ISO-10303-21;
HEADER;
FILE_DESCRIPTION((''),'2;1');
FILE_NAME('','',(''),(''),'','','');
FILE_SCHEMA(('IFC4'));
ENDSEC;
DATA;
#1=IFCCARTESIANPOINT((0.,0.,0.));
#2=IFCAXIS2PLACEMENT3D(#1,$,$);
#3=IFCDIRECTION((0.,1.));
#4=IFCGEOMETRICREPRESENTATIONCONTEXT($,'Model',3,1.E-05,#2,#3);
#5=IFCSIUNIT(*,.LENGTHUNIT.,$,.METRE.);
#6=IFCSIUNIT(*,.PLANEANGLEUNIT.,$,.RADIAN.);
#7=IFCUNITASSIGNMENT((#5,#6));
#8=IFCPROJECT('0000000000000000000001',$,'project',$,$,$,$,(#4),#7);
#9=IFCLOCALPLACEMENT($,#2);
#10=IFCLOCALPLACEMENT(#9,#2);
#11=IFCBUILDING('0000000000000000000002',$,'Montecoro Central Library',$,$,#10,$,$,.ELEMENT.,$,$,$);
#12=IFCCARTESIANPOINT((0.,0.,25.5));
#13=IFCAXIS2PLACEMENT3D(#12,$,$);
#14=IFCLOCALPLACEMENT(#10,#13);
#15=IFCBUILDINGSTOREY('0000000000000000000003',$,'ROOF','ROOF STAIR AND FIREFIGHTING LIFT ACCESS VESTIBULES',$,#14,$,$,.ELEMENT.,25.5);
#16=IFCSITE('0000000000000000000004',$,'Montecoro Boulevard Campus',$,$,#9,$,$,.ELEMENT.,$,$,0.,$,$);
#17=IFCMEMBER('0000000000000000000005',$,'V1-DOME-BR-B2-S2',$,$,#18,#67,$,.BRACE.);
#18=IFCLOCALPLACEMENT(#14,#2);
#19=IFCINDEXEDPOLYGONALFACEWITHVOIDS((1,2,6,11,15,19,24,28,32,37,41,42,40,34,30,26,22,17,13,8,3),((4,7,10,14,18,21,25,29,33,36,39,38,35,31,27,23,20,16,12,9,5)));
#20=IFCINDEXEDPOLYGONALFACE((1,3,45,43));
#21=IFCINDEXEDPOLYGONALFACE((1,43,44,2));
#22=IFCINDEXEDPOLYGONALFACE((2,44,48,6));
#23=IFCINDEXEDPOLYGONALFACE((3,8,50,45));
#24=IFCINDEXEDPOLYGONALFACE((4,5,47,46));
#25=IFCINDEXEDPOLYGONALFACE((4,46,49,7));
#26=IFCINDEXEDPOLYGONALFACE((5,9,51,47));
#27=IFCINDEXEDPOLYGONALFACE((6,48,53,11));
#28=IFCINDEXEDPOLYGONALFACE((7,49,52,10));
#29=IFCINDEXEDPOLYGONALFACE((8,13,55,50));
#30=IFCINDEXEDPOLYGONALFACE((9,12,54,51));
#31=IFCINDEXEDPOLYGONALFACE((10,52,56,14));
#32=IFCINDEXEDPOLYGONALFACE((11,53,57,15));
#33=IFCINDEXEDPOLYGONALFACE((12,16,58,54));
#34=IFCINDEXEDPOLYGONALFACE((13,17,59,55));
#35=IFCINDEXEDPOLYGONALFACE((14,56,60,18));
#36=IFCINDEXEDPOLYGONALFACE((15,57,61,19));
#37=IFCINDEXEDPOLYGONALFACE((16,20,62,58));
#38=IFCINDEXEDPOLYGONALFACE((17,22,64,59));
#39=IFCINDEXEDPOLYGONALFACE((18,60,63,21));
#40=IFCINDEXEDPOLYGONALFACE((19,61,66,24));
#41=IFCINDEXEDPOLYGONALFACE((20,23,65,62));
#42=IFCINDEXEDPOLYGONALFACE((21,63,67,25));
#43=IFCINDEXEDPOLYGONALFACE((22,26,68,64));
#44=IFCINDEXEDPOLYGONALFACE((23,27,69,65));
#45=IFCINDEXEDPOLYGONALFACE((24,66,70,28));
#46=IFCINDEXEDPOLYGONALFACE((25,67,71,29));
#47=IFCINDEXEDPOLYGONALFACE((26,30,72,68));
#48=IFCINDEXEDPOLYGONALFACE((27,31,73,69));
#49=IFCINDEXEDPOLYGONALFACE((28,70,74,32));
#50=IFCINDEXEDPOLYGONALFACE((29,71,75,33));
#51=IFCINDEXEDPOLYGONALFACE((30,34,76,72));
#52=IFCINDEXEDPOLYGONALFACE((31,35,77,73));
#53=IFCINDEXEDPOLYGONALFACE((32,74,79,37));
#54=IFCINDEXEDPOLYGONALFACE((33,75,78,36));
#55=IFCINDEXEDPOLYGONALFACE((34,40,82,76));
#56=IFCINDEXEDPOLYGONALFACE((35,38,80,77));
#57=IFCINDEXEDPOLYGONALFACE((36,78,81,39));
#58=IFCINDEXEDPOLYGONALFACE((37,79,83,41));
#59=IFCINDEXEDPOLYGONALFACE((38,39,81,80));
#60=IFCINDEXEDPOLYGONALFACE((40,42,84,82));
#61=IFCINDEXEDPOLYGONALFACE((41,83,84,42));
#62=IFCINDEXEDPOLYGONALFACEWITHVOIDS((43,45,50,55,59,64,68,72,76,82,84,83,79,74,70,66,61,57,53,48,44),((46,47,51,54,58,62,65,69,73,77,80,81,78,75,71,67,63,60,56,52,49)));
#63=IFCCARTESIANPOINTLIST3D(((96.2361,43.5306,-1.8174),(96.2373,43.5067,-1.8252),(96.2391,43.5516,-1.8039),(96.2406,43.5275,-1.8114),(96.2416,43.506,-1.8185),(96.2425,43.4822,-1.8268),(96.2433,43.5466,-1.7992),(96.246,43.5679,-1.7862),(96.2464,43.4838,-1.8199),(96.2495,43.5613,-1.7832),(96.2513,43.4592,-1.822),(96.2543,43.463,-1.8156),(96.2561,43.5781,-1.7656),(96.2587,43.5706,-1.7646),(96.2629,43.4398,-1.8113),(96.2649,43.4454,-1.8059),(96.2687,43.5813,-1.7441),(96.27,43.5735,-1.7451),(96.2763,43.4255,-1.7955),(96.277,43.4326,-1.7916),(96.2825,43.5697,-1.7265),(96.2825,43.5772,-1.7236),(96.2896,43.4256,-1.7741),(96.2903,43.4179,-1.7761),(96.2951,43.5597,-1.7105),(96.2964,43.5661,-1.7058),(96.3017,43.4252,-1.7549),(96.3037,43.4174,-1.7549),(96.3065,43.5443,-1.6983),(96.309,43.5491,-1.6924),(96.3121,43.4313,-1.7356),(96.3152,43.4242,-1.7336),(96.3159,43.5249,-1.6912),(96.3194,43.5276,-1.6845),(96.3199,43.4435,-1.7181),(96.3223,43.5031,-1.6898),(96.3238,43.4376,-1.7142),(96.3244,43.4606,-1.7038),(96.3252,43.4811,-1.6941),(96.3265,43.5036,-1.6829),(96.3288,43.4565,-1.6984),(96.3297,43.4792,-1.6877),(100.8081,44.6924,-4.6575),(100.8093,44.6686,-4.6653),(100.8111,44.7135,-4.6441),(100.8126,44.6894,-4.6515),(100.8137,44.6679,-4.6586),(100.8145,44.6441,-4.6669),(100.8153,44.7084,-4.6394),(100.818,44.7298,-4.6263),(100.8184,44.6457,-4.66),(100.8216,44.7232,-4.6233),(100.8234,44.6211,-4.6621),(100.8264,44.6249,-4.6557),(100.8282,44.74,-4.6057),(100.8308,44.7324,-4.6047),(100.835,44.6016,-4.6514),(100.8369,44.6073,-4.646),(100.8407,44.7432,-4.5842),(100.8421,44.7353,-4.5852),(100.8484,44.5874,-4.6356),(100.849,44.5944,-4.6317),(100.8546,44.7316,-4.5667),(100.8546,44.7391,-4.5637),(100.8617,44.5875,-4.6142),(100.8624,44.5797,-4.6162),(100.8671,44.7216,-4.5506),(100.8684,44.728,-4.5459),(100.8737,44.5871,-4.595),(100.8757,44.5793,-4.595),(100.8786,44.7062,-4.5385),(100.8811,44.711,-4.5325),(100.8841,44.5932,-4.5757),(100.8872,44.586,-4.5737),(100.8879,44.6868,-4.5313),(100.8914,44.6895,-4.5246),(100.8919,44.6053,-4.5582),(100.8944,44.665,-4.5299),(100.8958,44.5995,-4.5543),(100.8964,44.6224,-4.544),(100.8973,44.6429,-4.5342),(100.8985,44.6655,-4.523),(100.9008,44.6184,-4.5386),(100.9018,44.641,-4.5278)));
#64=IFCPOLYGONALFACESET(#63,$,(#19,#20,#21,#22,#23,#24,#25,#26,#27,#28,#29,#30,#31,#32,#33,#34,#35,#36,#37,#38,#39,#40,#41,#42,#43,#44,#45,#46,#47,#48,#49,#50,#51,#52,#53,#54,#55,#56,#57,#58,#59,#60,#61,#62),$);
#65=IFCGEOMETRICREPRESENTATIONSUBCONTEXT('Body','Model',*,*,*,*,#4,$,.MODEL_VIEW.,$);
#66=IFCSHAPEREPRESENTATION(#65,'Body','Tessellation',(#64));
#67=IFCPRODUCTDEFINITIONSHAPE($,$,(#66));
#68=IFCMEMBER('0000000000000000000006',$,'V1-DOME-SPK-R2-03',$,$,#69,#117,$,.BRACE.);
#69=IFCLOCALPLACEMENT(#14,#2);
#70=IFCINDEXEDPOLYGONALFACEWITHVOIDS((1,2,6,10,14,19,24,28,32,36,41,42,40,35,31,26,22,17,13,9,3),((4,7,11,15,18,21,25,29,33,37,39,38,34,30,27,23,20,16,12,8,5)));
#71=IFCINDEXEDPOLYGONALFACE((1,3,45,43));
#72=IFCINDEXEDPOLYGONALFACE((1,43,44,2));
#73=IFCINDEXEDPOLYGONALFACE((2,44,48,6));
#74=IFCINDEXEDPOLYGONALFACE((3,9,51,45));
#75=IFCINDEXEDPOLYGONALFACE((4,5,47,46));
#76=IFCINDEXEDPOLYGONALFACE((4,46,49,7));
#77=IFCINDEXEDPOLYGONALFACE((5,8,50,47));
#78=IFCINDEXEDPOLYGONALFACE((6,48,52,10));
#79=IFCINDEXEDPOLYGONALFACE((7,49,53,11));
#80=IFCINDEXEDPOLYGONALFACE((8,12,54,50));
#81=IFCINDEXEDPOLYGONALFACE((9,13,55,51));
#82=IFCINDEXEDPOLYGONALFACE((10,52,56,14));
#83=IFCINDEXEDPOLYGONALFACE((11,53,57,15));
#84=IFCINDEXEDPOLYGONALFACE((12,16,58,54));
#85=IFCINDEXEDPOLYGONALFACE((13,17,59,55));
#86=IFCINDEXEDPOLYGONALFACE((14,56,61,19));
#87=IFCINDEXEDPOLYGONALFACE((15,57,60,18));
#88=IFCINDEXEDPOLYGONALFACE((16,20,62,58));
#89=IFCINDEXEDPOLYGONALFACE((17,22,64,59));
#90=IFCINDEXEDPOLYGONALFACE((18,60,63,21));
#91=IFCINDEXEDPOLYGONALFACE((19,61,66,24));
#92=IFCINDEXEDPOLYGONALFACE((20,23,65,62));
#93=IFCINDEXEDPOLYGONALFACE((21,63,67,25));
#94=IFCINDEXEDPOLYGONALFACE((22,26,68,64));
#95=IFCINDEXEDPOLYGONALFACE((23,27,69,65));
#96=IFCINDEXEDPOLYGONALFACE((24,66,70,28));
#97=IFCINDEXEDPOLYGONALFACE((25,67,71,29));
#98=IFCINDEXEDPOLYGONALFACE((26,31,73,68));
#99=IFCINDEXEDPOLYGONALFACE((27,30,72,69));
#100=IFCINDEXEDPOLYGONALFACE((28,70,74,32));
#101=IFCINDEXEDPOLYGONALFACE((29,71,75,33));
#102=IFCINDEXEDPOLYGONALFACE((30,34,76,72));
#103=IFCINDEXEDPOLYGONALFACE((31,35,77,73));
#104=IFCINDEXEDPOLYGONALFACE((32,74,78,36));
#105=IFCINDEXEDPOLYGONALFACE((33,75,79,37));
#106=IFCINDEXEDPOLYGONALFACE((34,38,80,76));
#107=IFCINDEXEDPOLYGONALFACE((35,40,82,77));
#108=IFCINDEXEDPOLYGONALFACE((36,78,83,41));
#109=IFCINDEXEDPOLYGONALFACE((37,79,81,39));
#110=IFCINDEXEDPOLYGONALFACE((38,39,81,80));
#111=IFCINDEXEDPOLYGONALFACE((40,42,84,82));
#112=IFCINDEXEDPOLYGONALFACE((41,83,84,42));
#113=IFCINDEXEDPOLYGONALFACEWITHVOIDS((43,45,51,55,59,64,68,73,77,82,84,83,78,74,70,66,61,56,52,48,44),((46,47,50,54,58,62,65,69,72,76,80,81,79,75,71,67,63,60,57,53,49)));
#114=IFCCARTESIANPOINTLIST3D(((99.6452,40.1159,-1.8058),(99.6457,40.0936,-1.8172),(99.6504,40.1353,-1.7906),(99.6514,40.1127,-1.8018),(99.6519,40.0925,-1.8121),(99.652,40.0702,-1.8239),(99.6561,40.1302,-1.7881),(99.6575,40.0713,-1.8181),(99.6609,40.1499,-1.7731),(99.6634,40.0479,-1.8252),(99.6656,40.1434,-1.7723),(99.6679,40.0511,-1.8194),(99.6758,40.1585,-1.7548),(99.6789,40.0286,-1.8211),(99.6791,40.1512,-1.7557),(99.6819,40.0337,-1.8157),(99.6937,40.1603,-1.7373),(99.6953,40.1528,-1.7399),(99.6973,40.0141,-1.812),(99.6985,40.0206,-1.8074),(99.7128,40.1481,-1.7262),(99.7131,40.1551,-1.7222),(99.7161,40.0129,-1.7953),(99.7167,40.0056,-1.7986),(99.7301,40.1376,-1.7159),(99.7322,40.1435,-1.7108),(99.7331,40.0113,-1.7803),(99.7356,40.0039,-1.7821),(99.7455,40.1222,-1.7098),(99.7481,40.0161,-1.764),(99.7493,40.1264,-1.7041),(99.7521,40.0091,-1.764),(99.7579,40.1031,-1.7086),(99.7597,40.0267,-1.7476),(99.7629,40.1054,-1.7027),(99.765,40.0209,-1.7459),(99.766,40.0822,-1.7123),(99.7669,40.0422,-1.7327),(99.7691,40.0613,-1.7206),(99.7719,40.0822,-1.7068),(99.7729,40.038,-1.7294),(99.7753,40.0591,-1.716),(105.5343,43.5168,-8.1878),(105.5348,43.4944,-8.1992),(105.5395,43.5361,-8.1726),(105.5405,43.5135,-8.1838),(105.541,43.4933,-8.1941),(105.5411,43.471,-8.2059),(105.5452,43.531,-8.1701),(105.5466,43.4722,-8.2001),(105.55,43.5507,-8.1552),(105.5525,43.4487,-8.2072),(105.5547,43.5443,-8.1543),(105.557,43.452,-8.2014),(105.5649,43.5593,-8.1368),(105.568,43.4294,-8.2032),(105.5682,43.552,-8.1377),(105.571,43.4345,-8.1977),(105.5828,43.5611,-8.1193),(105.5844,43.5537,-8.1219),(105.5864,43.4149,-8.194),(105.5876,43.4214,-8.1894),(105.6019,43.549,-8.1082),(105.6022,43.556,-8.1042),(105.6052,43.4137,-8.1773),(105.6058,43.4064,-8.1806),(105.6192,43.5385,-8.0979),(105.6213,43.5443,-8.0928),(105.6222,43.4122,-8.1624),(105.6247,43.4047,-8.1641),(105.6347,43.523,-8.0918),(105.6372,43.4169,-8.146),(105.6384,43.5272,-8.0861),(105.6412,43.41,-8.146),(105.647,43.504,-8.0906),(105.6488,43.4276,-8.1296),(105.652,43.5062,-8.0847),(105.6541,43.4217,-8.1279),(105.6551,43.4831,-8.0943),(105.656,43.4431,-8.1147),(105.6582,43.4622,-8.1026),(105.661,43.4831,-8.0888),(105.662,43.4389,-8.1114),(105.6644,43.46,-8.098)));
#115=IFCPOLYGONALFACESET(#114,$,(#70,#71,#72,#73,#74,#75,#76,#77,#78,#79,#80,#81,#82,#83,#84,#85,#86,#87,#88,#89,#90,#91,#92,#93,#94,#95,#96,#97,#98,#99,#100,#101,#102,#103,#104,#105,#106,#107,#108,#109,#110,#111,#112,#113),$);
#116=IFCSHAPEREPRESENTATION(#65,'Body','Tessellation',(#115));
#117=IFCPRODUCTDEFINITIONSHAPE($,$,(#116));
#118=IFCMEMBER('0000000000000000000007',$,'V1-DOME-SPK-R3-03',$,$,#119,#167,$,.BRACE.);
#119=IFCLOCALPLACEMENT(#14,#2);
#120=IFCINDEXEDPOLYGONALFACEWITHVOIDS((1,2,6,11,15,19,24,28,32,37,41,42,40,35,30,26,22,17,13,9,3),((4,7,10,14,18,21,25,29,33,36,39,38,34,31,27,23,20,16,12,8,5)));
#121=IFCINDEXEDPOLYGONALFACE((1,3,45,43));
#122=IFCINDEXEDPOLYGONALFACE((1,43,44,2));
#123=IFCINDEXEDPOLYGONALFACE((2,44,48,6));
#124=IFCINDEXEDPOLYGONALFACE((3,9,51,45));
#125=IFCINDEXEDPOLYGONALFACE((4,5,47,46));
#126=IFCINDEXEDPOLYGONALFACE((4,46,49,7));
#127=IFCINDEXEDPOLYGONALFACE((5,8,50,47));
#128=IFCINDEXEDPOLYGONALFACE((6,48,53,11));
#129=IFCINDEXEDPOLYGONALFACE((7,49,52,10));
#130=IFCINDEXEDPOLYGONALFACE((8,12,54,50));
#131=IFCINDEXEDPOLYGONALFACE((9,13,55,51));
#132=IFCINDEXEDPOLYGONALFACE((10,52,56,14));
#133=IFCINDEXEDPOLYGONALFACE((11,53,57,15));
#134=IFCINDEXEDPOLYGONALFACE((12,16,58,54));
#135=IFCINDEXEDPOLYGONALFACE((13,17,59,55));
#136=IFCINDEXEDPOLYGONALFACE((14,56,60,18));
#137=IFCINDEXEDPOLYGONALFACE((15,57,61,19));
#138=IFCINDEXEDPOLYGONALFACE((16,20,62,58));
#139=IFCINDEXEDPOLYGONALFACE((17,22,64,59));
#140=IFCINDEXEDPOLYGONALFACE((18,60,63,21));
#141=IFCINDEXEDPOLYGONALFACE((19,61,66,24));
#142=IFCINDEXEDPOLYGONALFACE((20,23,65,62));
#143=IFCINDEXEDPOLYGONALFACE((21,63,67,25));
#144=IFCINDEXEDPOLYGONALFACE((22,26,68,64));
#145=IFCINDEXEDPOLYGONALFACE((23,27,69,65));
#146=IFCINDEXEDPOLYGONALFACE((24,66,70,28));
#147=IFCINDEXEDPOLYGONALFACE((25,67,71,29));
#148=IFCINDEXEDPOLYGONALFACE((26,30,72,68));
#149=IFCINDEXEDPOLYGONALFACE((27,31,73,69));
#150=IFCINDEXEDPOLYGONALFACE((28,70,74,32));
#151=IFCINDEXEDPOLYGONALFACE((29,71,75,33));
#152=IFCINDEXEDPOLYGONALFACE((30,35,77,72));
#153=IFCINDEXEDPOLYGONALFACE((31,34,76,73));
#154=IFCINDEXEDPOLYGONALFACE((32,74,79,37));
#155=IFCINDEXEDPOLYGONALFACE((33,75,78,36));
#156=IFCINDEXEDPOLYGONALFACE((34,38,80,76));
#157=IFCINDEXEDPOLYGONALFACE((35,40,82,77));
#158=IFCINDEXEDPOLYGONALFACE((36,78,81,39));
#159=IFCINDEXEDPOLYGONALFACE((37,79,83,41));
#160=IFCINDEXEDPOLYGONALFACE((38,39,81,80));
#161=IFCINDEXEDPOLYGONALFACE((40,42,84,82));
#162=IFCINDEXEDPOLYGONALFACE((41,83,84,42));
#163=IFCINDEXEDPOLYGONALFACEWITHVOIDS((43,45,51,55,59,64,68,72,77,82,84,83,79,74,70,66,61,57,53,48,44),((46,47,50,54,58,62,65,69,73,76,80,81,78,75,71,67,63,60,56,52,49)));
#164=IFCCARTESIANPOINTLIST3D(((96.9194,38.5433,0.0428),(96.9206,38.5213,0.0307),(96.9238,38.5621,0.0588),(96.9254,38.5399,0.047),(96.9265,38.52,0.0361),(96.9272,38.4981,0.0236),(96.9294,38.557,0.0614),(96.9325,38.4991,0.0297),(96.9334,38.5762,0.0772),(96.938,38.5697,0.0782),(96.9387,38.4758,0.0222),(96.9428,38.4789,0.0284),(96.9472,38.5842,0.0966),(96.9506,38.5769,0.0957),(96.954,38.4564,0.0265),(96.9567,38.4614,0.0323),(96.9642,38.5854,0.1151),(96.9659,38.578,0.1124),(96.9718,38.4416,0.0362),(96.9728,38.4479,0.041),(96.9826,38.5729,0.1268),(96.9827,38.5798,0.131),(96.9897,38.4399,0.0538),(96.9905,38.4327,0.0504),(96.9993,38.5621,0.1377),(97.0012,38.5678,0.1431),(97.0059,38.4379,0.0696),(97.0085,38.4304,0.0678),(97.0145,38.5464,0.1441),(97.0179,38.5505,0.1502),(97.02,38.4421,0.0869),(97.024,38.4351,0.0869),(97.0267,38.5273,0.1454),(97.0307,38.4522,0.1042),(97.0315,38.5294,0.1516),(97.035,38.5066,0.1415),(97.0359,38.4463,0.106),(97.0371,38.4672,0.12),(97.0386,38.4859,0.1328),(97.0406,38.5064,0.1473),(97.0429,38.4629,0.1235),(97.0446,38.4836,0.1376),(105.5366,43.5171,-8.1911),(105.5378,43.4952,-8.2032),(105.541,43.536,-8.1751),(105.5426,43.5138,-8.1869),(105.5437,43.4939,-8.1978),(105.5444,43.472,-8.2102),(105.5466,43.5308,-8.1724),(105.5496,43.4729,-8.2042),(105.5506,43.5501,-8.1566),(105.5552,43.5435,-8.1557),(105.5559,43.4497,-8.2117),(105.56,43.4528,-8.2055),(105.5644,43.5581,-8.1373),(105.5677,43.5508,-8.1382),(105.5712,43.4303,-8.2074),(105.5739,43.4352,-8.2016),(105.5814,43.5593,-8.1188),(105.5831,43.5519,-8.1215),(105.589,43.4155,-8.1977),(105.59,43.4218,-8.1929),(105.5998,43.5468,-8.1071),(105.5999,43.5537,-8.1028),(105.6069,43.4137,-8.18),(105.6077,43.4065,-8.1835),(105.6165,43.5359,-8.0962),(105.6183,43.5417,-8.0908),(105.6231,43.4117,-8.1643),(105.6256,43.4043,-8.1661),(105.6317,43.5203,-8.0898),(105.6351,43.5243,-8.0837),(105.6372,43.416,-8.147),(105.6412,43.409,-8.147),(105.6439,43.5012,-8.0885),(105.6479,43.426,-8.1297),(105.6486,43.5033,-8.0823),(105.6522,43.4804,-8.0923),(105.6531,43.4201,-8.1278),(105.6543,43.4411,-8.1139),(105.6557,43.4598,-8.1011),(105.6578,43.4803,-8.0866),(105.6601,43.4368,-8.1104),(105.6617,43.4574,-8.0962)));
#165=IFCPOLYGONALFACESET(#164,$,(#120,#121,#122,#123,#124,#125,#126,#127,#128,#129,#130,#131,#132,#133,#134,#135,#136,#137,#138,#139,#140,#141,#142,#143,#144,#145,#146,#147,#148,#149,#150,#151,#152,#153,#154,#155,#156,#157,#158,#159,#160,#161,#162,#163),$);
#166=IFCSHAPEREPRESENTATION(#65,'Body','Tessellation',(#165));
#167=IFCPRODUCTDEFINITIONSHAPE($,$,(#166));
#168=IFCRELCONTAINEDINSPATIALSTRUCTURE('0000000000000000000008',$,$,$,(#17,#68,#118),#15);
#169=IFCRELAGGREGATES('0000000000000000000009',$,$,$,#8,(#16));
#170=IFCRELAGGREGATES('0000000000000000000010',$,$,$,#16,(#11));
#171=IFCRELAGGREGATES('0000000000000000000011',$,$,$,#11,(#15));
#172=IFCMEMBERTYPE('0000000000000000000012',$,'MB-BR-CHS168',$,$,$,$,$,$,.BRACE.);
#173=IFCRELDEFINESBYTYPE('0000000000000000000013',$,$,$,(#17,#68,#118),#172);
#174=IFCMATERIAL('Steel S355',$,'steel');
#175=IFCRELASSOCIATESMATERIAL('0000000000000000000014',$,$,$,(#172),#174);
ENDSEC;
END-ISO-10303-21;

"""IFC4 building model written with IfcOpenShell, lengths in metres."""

from ifc_helpers import new_model, si_unit, direction, frame, origin, origin_2d, place, context, subcontext, project, spatial, hollow_circle, extrude, material, material_profile, profile_set, type_object, element, save


model = new_model("IFC4")

# Units and contexts
model_context = context("Model", 3, precision=1e-05, world=origin(), true_north=direction((0.0, 1.0)))
body_context = subcontext(model_context, "Body", "Model", "MODEL_VIEW")
ifc_project = project(units=[si_unit("LENGTHUNIT", "METRE"), si_unit("PLANEANGLEUNIT", "RADIAN")], contexts=[model_context])

# Site, building, storey
site_placement = place(None, origin())
site = spatial("IfcSite", under=ifc_project, at=site_placement, Name="Montecoro Boulevard Campus", CompositionType="ELEMENT", RefElevation=0.0)
building_placement = place(site_placement, origin())
building = spatial("IfcBuilding", under=site, at=building_placement, Name="Montecoro Central Library", CompositionType="ELEMENT")
storey_placement = place(building_placement, frame((0.0, 0.0, 25.5)))
storey = spatial("IfcBuildingStorey", under=building, at=storey_placement, Name="ROOF", Description="ROOF STAIR AND FIREFIGHTING LIFT ACCESS VESTIBULES", CompositionType="ELEMENT", Elevation=25.5)

# Members
ifc_material_1 = material(Name="Steel S355", Category="steel")
ifc_material_profile_1 = material_profile(ifc_material_1, hollow_circle(Radius=0.0842, WallThickness=0.0081, at=origin_2d()), Name="CHS 168.3x8.0")
ifc_profile_set_1 = profile_set([ifc_material_profile_1], Name="Steel S355")
member_type_1 = type_object("IfcMemberType", Name="MB-BR-CHS168", PredefinedType="BRACE", material=ifc_profile_set_1)
member_1_placement = place(storey_placement, frame((100.855, 44.6609, -4.595), z_axis=(-0.830325, -0.211006, 0.515788), x_axis=(0.246297, -0.969195, 0.0)))
element("IfcMember", 1, at=member_1_placement, inside=storey, type_object=member_type_1, Name="V1-DOME-BR-B2-S2", PredefinedType="BRACE", context=body_context, shape_type="SweptSolid", body=[
    extrude(hollow_circle(Radius=0.0842, WallThickness=0.0081, at=origin_2d()), origin(), (0.0, 0.0, 1.0), 5.5063),
])
member_2_placement = place(storey_placement, frame((105.5991, 43.4829, -8.146), z_axis=(-0.63146, -0.364656, 0.684313), x_axis=(0.500085, -0.865976, 0.0)))
element("IfcMember", 2, at=member_2_placement, inside=storey, type_object=member_type_1, Name="V1-DOME-SPK-R2-03", PredefinedType="BRACE", context=body_context, shape_type="SweptSolid", body=[
    extrude(hollow_circle(Radius=0.0842, WallThickness=0.0081, at=origin_2d()), origin(), (0.0, 0.0, 1.0), 9.3262),
])
member_3_placement = place(storey_placement, frame((105.5991, 43.4819, -8.147), z_axis=(-0.667233, -0.38513, 0.637554), x_axis=(0.499905, -0.86608, 0.0)))
element("IfcMember", 3, at=member_3_placement, inside=storey, type_object=member_type_1, Name="V1-DOME-SPK-R3-03", PredefinedType="BRACE", context=body_context, shape_type="SweptSolid", body=[
    extrude(hollow_circle(Radius=0.0842, WallThickness=0.0081, at=origin_2d()), origin(), (0.0, 0.0, 1.0), 12.9148),
])

save(model, "model.ifc")
